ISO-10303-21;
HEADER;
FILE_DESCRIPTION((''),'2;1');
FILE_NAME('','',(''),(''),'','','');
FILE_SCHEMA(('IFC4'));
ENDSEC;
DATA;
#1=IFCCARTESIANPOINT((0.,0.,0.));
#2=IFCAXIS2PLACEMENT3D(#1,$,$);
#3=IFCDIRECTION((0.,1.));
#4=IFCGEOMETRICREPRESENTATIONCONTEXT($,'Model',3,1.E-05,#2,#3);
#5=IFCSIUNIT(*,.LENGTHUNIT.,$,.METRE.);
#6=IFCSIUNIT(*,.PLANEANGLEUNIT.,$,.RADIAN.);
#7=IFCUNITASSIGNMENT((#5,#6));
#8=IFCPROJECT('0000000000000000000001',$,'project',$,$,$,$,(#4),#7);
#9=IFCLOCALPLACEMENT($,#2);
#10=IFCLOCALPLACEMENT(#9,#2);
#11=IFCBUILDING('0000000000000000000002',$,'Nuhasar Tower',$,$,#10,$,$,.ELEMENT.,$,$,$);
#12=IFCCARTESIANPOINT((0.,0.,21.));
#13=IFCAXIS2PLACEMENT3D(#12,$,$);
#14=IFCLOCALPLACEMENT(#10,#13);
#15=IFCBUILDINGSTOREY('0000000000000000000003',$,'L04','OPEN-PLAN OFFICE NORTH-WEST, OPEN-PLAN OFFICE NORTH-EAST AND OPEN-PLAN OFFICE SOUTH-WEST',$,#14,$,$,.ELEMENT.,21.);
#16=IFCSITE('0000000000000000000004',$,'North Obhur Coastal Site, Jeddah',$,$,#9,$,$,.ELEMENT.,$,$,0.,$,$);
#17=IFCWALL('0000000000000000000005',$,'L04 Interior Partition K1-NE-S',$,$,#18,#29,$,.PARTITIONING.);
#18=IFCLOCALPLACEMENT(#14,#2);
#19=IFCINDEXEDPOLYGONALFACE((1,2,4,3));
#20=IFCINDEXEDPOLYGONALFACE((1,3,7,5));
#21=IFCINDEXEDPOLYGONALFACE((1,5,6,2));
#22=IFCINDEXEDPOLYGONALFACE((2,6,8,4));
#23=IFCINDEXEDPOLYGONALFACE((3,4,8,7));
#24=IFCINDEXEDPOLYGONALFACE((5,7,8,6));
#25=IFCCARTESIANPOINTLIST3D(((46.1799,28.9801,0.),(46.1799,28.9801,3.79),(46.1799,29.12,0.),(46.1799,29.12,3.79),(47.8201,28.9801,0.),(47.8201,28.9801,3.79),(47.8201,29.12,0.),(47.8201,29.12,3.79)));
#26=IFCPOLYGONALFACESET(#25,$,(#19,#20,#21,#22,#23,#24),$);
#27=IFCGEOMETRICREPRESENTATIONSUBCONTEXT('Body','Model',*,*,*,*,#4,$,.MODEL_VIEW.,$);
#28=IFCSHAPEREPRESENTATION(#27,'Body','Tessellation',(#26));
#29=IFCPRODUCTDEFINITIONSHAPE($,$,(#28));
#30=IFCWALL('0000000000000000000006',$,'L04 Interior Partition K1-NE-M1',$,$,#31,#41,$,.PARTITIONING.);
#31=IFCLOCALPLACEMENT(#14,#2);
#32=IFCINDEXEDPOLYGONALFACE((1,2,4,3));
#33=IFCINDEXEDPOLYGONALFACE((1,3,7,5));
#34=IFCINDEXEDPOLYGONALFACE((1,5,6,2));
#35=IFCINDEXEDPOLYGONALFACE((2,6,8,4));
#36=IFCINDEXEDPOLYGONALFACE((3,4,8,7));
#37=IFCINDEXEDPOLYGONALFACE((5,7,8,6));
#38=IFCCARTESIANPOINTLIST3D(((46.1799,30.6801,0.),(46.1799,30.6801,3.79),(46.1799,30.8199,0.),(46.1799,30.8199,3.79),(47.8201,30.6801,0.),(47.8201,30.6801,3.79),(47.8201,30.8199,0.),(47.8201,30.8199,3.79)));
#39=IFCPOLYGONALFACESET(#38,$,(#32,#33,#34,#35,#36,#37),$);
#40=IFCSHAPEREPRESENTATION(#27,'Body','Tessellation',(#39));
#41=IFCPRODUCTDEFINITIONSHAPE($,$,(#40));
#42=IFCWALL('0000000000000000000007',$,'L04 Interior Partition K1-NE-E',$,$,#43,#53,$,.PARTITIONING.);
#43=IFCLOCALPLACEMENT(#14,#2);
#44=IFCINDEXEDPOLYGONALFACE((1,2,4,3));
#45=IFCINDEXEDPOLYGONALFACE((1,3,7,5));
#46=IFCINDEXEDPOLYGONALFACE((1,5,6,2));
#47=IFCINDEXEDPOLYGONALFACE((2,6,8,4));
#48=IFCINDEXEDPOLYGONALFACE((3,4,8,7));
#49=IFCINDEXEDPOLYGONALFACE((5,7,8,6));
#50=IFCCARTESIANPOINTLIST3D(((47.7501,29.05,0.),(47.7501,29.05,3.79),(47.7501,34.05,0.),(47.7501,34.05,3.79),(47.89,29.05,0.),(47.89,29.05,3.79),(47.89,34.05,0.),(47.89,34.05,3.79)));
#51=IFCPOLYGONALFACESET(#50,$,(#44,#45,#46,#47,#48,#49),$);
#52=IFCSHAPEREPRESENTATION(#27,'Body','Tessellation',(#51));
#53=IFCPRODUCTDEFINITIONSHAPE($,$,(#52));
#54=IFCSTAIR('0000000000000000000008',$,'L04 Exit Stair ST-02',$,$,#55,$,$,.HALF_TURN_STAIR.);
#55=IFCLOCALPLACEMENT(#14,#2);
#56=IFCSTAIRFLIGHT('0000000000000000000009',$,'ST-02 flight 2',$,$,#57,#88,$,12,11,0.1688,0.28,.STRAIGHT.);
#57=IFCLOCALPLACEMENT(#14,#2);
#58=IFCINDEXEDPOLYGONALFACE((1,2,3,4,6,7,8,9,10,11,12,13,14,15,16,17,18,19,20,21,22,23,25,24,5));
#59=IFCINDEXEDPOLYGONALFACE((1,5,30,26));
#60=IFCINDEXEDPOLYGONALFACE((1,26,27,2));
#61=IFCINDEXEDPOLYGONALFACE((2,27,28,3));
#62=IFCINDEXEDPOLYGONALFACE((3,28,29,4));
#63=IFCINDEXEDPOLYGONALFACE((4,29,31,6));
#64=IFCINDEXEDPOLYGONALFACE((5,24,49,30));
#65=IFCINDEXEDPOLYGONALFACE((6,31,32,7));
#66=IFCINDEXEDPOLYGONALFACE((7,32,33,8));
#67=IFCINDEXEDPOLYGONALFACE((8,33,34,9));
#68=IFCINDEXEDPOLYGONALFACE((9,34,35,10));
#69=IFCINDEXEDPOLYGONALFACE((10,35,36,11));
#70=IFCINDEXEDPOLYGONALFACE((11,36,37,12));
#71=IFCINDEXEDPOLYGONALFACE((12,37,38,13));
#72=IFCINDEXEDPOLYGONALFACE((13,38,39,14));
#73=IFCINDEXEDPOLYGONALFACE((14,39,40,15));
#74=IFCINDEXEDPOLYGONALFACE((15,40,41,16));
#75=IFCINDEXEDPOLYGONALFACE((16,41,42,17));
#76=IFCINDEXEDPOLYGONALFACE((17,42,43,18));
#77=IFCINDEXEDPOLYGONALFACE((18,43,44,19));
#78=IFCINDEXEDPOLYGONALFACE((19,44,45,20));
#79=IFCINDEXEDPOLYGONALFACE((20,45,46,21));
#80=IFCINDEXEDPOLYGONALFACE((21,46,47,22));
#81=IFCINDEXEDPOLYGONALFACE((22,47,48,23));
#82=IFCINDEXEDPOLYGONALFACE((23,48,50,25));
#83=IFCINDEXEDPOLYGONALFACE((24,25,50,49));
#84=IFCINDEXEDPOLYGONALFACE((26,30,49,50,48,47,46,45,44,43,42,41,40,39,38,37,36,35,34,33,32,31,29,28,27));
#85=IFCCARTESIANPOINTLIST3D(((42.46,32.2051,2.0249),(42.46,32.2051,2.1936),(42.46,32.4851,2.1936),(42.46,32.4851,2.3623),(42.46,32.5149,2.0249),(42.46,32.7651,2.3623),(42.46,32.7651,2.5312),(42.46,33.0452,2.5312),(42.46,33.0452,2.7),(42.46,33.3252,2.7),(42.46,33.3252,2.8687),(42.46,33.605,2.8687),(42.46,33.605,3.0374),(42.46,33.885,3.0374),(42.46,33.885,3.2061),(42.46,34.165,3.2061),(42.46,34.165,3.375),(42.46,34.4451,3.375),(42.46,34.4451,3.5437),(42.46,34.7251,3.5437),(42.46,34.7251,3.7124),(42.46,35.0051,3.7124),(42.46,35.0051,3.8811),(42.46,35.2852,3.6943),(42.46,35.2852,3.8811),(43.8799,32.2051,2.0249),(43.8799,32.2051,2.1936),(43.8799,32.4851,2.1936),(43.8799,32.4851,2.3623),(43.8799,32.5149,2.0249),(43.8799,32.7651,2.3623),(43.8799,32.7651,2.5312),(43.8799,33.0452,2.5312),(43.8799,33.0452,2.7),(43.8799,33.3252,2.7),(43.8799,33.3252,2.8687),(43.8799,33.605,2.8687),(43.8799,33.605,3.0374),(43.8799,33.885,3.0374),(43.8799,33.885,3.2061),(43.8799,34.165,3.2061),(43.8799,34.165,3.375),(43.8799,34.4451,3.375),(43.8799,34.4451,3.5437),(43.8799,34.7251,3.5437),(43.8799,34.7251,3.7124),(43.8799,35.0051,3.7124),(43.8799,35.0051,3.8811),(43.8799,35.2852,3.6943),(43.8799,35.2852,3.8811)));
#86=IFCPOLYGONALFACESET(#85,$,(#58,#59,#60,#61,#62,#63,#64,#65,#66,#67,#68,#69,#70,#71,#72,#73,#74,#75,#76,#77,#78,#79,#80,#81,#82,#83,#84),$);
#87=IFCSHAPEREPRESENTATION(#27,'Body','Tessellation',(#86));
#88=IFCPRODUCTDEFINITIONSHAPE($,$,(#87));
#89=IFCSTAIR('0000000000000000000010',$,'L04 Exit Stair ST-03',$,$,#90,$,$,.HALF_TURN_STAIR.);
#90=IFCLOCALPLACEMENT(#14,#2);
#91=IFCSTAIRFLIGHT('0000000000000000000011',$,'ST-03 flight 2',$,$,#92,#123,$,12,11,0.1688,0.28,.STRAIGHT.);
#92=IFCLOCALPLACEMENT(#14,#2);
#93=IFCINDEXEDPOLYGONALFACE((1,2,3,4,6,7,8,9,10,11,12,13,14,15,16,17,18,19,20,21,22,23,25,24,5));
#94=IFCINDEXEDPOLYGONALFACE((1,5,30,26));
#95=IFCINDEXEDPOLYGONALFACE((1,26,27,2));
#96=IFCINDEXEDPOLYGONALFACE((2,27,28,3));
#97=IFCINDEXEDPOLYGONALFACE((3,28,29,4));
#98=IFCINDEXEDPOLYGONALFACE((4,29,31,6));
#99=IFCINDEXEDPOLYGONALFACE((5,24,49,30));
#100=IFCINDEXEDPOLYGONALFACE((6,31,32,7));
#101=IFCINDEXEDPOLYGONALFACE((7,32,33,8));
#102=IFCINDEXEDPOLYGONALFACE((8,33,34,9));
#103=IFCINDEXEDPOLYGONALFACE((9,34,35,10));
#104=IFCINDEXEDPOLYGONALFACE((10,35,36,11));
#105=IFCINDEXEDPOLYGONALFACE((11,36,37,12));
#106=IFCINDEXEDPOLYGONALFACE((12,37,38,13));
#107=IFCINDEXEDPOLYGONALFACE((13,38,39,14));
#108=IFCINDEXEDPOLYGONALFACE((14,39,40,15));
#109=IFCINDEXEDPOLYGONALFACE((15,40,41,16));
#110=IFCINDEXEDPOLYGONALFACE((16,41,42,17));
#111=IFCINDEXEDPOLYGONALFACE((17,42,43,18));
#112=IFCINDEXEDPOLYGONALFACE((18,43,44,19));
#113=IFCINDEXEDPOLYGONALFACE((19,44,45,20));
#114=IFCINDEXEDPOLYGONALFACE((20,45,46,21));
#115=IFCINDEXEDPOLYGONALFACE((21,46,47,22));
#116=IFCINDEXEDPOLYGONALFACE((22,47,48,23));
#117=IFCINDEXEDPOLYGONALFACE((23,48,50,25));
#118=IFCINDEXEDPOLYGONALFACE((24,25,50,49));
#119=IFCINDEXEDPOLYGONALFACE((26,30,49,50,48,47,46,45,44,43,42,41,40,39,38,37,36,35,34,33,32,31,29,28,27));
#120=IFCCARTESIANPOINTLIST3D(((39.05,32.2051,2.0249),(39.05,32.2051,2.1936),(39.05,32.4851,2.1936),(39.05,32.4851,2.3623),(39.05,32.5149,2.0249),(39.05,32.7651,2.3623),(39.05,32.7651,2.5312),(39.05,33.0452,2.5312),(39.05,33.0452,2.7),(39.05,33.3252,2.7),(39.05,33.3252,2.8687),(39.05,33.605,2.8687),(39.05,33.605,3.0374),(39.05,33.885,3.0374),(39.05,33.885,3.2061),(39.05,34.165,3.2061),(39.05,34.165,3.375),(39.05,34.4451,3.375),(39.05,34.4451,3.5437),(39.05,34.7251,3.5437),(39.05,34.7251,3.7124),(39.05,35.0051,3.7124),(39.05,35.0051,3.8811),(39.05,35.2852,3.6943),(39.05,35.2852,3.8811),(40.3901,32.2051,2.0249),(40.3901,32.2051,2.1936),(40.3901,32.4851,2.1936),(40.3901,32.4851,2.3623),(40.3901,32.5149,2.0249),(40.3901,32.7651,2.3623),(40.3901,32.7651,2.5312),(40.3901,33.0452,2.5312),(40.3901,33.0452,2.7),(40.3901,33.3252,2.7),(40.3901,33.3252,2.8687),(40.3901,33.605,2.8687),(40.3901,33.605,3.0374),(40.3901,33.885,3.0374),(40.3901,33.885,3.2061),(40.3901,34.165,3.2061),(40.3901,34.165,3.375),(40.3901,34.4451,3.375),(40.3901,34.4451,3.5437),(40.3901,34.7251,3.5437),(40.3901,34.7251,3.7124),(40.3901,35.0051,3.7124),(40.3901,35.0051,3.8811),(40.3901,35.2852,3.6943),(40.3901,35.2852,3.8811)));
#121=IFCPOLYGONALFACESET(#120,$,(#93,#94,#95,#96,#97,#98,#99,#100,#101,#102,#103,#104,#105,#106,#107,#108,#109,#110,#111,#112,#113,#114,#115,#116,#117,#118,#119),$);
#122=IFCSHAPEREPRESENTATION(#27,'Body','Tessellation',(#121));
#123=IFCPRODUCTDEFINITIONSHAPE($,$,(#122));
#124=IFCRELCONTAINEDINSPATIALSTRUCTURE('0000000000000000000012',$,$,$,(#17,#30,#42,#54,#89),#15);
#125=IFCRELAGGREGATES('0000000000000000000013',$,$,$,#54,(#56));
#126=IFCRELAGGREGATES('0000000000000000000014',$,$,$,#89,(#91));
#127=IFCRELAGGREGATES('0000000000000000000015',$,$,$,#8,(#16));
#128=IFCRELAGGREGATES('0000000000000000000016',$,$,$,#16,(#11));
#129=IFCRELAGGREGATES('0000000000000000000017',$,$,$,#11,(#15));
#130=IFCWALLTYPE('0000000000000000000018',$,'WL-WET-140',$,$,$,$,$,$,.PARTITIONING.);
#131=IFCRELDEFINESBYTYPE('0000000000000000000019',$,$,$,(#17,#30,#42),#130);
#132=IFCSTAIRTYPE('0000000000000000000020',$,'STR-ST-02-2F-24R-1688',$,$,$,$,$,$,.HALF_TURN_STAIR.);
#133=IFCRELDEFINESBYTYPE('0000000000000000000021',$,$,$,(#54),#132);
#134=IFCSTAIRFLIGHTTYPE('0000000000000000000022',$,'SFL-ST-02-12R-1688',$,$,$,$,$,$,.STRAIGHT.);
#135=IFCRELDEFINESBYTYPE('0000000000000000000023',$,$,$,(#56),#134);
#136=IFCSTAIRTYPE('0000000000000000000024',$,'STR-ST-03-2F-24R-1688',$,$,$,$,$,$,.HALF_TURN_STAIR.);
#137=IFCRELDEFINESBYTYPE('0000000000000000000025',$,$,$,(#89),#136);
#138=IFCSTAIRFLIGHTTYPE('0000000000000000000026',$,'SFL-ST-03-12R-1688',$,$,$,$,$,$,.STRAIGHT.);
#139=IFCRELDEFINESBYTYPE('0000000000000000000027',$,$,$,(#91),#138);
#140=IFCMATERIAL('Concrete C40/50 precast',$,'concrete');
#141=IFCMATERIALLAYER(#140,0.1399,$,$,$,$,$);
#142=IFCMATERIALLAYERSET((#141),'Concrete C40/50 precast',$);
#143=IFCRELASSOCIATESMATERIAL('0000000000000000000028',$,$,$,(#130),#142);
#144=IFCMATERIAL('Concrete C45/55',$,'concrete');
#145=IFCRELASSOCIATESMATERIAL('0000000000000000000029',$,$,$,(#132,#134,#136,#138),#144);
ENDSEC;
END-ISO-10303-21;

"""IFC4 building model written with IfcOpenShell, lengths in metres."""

from ifc_helpers import new_model, si_unit, direction, frame, frame_2d, origin, place, context, subcontext, project, spatial, polyline, rectangle, outline, extrude, material, layer, layer_set, type_object, element, aggregate, save


model = new_model("IFC4")

# Units and contexts
model_context = context("Model", 3, precision=1e-05, world=origin(), true_north=direction((0.0, 1.0)))
body_context = subcontext(model_context, "Body", "Model", "MODEL_VIEW")
ifc_project = project(units=[si_unit("LENGTHUNIT", "METRE"), si_unit("PLANEANGLEUNIT", "RADIAN")], contexts=[model_context])

# Site, building, storey
site_placement = place(None, origin())
site = spatial("IfcSite", under=ifc_project, at=site_placement, Name="North Obhur Coastal Site, Jeddah", CompositionType="ELEMENT", RefElevation=0.0)
building_placement = place(site_placement, origin())
building = spatial("IfcBuilding", under=site, at=building_placement, Name="Nuhasar Tower", CompositionType="ELEMENT")
storey_placement = place(building_placement, frame((0.0, 0.0, 21.0)))
storey = spatial("IfcBuildingStorey", under=building, at=storey_placement, Name="L04", Description="OPEN-PLAN OFFICE NORTH-WEST, OPEN-PLAN OFFICE NORTH-EAST AND OPEN-PLAN OFFICE SOUTH-WEST", CompositionType="ELEMENT", Elevation=21.0)

# Shared definitions
ifc_material_1 = material(Name="Concrete C45/55", Category="concrete")

# Walls
ifc_material_2 = material(Name="Concrete C40/50 precast", Category="concrete")
ifc_layer_1 = layer(ifc_material_2, 0.1399)
ifc_layer_set_1 = layer_set([ifc_layer_1], Name="Concrete C40/50 precast")
wall_type_1 = type_object("IfcWallType", Name="WL-WET-140", PredefinedType="PARTITIONING", material=ifc_layer_set_1)
for number, where, z_axis, x_axis, name in (
    (1, (46.1799, 29.05, 0.0), (0.0, 0.0, 1.0), (1.0, 0.0, 0.0), "L04 Interior Partition K1-NE-S"),
    (2, (46.1799, 30.75, 0.0), (0.0, 0.0, 1.0), (1.0, 0.0, 0.0), "L04 Interior Partition K1-NE-M1"),
):
    element("IfcWall", number, at=place(storey_placement, frame(where, z_axis=z_axis, x_axis=x_axis)), inside=storey, type_object=wall_type_1, Name=name, PredefinedType="PARTITIONING", context=body_context, shape_type="SweptSolid", body=[
        extrude(rectangle(XDim=1.6401, YDim=0.1399, at=frame_2d((0.8201, 0.0))), origin(), (0.0, 0.0, 1.0), 3.79),
    ])
wall_1_placement = place(storey_placement, frame((47.8201, 29.05, 0.0), z_axis=(0.0, 0.0, 1.0), x_axis=(0.0, 1.0, 0.0)))
element("IfcWall", 3, at=wall_1_placement, inside=storey, type_object=wall_type_1, Name="L04 Interior Partition K1-NE-E", PredefinedType="PARTITIONING", context=body_context, shape_type="SweptSolid", body=[
    extrude(rectangle(XDim=5.0, YDim=0.1399, at=frame_2d((2.5, 0.0))), origin(), (0.0, 0.0, 1.0), 3.79),
])

# Stairs, stair flights
stair_type_1 = type_object("IfcStairType", Name="STR-ST-02-2F-24R-1688", PredefinedType="HALF_TURN_STAIR", material=ifc_material_1)
stair_1_placement = place(storey_placement, origin())
stair_1 = element("IfcStair", 4, at=stair_1_placement, inside=storey, type_object=stair_type_1, Name="L04 Exit Stair ST-02", PredefinedType="HALF_TURN_STAIR")
stair_flight_type_1 = type_object("IfcStairFlightType", Name="SFL-ST-02-12R-1688", PredefinedType="STRAIGHT", material=ifc_material_1)
stair_flight_1_placement = place(storey_placement, frame((43.1699, 32.2051, 2.0249), z_axis=(0.0, 0.0, 1.0), x_axis=(0.0, 1.0, 0.0)))
stair_flight_1 = element("IfcStairFlight", 5, at=stair_flight_1_placement, type_object=stair_flight_type_1, Name="ST-02 flight 2", NumberOfRisers=12, NumberOfTreads=11, PredefinedType="STRAIGHT", RiserHeight=0.1688, TreadLength=0.28, context=body_context, shape_type="SweptSolid", body=[
    extrude(outline(polyline([(0.0, 0.0), (0.0, 0.1687), (0.28, 0.1687), (0.28, 0.3374), (0.5601, 0.3374), (0.5601, 0.5063), (0.8401, 0.5063), (0.8401, 0.675), (1.1201, 0.675), (1.1201, 0.8438), (1.3999, 0.8438), (1.3999, 1.0125), (1.6799, 1.0125), (1.6799, 1.1812), (1.96, 1.1812), (1.96, 1.3501), (2.24, 1.3501), (2.24, 1.5188), (2.52, 1.5188), (2.52, 1.6875), (2.8, 1.6875), (2.8, 1.8562), (3.0801, 1.8562), (3.0801, 2.0249), (3.0801, 1.6694), (0.3098, 0.0), (0.0, 0.0)])), frame((0.0, 0.71, 0.0), z_axis=(0.0, -1.0, 0.0), x_axis=(1.0, 0.0, 0.0)), (0.0, 0.0, 1.0), 1.4199),
])
aggregate(stair_1, [stair_flight_1])
stair_type_2 = type_object("IfcStairType", Name="STR-ST-03-2F-24R-1688", PredefinedType="HALF_TURN_STAIR", material=ifc_material_1)
stair_2_placement = place(storey_placement, origin())
stair_2 = element("IfcStair", 6, at=stair_2_placement, inside=storey, type_object=stair_type_2, Name="L04 Exit Stair ST-03", PredefinedType="HALF_TURN_STAIR")
stair_flight_type_2 = type_object("IfcStairFlightType", Name="SFL-ST-03-12R-1688", PredefinedType="STRAIGHT", material=ifc_material_1)
stair_flight_2_placement = place(storey_placement, frame((39.72, 32.2051, 2.0249), z_axis=(0.0, 0.0, 1.0), x_axis=(0.0, 1.0, 0.0)))
stair_flight_2 = element("IfcStairFlight", 7, at=stair_flight_2_placement, type_object=stair_flight_type_2, Name="ST-03 flight 2", NumberOfRisers=12, NumberOfTreads=11, PredefinedType="STRAIGHT", RiserHeight=0.1688, TreadLength=0.28, context=body_context, shape_type="SweptSolid", body=[
    extrude(outline(polyline([(0.0, 0.0), (0.0, 0.1687), (0.28, 0.1687), (0.28, 0.3374), (0.5601, 0.3374), (0.5601, 0.5063), (0.8401, 0.5063), (0.8401, 0.675), (1.1201, 0.675), (1.1201, 0.8438), (1.3999, 0.8438), (1.3999, 1.0125), (1.6799, 1.0125), (1.6799, 1.1812), (1.96, 1.1812), (1.96, 1.3501), (2.24, 1.3501), (2.24, 1.5188), (2.52, 1.5188), (2.52, 1.6875), (2.8, 1.6875), (2.8, 1.8562), (3.0801, 1.8562), (3.0801, 2.0249), (3.0801, 1.6694), (0.3098, 0.0), (0.0, 0.0)])), frame((0.0, 0.6699, 0.0), z_axis=(0.0, -1.0, 0.0), x_axis=(1.0, 0.0, 0.0)), (0.0, 0.0, 1.0), 1.3401),
])
aggregate(stair_2, [stair_flight_2])

save(model, "model.ifc")
